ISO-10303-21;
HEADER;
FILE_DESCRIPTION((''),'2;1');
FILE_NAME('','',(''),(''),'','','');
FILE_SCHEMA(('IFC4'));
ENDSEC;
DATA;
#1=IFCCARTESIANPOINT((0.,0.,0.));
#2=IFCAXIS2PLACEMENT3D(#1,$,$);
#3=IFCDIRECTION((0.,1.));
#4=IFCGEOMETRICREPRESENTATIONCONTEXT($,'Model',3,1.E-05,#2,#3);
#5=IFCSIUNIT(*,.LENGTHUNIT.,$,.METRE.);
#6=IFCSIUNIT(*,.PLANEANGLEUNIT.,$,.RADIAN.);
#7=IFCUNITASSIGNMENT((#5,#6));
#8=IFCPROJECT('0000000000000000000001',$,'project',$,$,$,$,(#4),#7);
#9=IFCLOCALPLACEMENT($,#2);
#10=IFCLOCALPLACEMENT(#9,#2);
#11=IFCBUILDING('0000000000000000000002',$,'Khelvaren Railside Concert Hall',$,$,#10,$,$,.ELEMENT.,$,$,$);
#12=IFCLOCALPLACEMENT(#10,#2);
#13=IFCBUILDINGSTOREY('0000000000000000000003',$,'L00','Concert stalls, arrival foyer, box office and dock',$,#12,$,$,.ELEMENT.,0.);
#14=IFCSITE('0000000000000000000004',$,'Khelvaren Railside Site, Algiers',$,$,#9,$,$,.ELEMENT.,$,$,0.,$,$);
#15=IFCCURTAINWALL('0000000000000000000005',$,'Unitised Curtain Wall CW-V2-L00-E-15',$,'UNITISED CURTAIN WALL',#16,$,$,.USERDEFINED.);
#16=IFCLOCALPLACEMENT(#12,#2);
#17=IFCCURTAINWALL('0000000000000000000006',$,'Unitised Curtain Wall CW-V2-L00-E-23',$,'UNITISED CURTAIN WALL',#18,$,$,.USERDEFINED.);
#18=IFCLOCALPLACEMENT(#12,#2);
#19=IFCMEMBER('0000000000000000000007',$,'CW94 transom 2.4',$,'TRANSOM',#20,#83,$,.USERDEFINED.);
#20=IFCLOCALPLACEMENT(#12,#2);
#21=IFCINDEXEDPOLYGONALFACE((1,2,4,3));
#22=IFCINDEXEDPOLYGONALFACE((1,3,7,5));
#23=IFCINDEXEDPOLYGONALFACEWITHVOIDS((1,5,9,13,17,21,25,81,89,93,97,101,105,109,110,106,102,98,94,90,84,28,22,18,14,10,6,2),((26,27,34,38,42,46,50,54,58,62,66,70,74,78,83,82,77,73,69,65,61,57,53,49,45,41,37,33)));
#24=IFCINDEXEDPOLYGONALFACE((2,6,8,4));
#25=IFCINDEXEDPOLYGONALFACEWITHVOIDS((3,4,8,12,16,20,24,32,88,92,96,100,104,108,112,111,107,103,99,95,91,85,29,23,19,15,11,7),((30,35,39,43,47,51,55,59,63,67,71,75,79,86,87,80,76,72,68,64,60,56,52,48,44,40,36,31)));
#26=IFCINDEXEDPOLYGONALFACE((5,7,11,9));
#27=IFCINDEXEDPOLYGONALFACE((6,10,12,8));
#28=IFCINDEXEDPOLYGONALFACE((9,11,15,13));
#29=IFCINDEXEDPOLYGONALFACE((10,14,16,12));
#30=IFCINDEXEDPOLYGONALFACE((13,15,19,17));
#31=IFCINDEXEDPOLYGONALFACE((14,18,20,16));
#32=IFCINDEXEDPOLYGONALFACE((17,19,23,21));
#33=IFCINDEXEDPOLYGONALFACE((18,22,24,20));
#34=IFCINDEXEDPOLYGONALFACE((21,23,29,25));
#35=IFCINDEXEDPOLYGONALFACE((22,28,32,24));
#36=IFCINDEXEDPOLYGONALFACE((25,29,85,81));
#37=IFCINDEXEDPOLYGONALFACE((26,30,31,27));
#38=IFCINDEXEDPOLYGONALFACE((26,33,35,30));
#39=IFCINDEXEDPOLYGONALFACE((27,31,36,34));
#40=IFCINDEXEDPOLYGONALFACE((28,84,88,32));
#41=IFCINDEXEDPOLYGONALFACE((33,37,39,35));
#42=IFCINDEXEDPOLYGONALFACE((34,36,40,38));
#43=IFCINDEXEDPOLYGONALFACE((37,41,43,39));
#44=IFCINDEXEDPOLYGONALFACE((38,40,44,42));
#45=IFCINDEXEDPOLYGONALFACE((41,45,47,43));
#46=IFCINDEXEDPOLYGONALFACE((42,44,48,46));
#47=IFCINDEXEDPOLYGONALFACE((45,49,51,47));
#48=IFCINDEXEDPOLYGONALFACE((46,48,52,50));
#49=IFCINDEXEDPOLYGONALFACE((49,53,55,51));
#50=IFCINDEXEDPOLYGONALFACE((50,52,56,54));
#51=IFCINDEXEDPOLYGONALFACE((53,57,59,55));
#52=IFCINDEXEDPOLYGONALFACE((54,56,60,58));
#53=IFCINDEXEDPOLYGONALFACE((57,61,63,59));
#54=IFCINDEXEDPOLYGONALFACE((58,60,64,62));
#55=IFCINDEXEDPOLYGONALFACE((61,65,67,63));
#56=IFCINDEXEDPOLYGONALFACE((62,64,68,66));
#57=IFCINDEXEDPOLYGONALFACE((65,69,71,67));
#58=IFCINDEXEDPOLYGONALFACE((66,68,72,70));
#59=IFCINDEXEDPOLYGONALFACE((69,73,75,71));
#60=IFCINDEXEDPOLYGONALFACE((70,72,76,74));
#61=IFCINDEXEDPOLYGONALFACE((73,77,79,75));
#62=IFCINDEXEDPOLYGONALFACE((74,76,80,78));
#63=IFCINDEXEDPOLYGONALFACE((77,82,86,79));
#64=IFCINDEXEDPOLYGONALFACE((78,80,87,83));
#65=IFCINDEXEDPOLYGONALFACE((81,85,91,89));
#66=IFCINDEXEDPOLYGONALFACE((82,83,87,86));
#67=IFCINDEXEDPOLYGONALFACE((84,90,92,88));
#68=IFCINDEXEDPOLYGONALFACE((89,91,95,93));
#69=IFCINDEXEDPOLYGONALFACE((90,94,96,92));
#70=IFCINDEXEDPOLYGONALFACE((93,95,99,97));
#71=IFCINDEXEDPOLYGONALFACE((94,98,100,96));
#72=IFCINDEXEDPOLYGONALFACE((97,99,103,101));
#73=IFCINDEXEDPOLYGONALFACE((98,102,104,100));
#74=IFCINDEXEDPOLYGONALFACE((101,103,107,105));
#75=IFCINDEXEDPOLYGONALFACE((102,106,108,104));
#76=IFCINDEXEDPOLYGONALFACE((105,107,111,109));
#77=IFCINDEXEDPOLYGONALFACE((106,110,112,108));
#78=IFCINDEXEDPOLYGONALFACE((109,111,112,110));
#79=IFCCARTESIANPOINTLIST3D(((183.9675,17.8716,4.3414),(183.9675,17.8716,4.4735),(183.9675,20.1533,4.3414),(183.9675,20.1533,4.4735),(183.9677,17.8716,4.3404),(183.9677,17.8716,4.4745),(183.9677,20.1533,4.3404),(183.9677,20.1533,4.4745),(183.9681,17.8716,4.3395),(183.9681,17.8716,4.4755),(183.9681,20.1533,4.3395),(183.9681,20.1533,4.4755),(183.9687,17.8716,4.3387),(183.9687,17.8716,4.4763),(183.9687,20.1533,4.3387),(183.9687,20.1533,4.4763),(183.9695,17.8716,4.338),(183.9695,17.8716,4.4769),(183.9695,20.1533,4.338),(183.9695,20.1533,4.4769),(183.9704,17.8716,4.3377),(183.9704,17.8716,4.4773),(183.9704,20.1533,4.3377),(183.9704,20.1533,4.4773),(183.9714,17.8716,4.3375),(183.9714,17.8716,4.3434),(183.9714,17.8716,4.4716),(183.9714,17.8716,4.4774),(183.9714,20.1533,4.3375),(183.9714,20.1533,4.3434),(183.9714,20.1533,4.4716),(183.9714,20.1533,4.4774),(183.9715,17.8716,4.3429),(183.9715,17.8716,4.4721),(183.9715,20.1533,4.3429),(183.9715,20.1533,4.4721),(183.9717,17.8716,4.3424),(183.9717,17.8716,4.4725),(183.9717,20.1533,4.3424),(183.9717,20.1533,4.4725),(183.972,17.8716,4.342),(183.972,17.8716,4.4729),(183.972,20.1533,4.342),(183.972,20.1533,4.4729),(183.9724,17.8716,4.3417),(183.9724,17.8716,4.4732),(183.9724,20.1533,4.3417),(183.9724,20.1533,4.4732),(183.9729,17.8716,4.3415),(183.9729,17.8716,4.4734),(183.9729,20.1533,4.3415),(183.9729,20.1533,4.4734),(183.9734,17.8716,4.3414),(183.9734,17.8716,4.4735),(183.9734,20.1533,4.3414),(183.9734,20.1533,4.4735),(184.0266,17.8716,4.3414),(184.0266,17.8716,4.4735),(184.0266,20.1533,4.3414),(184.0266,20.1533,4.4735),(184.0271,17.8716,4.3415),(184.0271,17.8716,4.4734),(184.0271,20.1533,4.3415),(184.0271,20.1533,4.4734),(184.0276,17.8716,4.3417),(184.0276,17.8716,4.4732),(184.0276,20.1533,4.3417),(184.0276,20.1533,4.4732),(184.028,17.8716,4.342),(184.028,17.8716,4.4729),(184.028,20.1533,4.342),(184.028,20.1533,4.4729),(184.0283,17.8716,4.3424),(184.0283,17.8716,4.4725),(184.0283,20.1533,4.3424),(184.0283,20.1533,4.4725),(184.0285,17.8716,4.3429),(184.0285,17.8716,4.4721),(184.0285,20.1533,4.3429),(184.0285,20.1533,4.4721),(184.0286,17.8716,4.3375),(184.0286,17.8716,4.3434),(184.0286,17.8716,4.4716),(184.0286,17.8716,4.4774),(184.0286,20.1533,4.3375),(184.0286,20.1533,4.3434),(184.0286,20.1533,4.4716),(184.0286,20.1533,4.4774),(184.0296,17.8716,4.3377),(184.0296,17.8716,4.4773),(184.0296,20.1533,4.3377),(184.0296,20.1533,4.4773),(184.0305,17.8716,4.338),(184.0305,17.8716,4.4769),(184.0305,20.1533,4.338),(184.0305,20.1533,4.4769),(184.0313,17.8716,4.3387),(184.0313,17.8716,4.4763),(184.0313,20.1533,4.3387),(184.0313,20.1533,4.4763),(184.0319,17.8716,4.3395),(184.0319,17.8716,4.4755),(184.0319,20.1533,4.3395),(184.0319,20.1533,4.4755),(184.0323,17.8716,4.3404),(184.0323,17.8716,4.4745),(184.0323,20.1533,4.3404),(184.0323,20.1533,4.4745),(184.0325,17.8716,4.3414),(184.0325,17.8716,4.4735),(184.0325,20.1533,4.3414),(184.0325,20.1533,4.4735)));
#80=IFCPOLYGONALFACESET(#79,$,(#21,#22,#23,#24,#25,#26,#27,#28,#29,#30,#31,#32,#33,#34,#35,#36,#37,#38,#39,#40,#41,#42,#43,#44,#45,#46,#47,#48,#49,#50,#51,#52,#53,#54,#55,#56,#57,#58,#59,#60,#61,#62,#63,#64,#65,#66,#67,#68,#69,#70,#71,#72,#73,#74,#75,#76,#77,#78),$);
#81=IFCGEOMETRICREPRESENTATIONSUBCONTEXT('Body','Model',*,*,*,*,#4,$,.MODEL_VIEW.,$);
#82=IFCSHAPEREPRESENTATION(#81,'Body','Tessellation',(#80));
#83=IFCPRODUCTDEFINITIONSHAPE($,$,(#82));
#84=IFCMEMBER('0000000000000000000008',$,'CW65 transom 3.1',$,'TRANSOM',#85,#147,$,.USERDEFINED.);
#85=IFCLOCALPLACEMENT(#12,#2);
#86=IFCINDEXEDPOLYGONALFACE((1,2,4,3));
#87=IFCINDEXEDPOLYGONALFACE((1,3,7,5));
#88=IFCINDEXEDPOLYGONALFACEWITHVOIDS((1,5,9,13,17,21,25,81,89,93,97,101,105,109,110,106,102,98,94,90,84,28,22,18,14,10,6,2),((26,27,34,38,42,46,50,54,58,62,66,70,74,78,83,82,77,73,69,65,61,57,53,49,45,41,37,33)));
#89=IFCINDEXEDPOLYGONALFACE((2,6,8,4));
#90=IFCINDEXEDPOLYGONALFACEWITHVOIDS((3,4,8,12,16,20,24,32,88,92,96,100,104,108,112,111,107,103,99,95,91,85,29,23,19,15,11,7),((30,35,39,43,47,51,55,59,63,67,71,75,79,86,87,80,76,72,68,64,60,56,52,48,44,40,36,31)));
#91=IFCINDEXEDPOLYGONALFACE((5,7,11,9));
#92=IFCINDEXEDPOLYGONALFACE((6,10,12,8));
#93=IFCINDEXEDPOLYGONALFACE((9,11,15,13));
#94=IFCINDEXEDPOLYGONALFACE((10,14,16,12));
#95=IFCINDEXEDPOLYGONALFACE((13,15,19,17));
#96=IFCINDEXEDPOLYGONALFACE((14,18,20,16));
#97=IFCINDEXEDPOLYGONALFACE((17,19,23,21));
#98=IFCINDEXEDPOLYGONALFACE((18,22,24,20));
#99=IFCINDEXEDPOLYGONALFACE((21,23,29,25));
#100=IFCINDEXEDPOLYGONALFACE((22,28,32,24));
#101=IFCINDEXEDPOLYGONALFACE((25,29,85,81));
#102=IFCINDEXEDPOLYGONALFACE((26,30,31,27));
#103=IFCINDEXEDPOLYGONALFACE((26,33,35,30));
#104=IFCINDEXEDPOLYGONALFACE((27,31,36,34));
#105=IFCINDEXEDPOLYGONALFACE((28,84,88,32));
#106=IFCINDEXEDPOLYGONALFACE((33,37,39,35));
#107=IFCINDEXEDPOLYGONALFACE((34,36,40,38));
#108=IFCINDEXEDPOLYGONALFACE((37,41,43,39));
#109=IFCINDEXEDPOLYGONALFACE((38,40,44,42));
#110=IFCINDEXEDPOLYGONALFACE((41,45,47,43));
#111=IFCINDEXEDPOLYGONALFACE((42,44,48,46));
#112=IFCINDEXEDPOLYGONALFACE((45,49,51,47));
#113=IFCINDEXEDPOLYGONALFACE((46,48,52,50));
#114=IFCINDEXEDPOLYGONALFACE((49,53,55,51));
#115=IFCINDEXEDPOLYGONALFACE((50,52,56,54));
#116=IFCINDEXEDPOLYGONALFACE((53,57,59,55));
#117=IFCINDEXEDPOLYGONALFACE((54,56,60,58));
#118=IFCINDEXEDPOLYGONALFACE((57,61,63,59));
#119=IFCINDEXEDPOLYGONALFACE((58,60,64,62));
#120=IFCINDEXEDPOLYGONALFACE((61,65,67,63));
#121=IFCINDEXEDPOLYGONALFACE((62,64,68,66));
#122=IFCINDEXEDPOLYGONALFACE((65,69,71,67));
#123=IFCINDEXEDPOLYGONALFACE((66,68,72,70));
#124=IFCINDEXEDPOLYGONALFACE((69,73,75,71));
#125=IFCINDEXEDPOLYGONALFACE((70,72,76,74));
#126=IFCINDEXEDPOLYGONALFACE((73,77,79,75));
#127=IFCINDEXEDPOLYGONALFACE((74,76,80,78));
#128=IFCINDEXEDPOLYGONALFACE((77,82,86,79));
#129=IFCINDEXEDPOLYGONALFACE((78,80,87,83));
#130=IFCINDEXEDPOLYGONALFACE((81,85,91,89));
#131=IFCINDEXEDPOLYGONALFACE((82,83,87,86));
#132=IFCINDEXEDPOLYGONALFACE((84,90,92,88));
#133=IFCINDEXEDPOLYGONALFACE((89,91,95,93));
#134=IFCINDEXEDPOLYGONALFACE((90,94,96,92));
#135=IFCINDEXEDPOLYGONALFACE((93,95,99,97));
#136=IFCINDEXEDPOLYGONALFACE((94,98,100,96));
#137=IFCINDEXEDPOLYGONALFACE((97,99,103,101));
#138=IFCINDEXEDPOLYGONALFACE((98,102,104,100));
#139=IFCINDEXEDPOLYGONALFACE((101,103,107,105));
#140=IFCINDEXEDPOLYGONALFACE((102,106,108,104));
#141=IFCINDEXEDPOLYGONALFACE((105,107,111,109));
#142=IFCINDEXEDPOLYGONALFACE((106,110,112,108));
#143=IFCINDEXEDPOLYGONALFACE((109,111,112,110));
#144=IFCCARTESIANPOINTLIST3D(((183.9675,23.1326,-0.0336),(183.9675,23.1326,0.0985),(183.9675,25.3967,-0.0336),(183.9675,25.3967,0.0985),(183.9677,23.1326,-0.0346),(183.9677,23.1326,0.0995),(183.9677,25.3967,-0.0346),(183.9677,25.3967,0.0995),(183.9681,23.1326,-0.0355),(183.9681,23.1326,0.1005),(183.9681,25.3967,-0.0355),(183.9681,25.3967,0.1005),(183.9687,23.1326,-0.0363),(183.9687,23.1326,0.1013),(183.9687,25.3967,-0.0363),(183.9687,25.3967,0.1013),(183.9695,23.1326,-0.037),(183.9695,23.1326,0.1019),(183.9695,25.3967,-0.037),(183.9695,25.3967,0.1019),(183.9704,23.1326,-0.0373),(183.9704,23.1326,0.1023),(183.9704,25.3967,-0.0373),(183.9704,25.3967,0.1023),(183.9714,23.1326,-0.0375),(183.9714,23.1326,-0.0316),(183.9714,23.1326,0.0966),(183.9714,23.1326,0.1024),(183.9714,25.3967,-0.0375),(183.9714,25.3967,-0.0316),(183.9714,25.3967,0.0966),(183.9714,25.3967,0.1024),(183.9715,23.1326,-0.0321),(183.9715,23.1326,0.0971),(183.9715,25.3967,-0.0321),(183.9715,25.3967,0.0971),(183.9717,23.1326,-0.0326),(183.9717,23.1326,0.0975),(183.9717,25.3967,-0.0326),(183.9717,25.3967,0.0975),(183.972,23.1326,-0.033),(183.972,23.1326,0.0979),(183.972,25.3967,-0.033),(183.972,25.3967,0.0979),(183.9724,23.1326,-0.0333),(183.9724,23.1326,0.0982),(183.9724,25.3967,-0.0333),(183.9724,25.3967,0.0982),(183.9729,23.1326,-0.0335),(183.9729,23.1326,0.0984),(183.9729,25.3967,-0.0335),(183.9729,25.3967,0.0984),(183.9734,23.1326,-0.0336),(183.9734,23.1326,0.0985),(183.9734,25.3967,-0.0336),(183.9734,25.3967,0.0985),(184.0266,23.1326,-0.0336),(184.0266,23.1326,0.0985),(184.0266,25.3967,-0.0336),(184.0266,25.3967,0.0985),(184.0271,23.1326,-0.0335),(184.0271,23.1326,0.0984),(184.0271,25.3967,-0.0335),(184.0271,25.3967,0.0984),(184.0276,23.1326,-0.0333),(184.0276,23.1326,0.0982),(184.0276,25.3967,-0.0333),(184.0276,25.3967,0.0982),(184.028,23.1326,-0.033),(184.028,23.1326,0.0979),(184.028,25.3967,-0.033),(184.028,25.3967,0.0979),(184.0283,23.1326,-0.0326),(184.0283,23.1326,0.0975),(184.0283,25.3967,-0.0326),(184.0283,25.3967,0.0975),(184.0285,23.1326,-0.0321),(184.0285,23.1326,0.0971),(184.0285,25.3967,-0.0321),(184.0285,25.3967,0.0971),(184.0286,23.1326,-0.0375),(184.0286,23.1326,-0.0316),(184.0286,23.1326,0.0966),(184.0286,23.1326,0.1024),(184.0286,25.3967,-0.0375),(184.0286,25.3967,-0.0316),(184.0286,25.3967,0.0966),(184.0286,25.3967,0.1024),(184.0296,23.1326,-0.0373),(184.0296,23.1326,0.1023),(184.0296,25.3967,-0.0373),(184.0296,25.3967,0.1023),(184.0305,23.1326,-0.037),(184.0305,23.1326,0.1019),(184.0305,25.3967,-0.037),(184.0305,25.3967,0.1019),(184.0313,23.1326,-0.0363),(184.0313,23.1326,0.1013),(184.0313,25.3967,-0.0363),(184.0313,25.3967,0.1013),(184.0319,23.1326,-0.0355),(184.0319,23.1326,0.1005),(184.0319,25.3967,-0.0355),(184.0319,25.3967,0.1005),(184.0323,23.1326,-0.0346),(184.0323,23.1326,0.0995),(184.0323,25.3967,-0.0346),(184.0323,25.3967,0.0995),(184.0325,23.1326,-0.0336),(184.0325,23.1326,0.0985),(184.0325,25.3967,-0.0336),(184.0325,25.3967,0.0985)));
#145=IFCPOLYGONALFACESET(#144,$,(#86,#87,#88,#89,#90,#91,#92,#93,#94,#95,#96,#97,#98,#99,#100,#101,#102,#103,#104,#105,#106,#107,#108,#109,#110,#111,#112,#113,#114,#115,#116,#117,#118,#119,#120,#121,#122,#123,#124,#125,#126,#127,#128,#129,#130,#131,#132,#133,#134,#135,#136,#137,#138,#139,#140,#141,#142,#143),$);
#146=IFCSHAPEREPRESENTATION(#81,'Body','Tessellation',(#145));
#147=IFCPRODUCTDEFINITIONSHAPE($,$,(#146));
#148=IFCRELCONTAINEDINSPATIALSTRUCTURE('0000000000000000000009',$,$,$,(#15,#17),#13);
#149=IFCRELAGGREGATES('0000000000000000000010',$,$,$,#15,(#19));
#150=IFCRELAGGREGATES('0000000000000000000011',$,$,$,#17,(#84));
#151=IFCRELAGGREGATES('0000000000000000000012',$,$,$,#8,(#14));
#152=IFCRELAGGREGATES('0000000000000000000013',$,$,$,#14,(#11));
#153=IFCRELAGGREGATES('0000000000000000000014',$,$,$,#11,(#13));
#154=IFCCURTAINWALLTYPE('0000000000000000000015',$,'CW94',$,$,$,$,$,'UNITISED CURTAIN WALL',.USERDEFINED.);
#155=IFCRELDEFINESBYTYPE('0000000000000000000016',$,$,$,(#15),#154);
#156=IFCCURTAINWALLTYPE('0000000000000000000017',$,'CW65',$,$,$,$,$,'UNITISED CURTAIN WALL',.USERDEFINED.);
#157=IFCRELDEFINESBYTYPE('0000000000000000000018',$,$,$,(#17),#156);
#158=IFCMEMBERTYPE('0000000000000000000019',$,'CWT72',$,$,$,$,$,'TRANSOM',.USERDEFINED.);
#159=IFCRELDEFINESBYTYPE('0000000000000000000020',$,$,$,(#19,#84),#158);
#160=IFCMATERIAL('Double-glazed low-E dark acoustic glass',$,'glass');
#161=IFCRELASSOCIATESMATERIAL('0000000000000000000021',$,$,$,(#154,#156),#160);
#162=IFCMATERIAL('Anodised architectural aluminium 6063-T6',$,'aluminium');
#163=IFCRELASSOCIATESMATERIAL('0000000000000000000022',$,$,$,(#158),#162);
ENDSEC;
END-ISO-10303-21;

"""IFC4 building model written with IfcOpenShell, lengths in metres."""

from ifc_helpers import new_model, si_unit, direction, frame, origin, origin_2d, place, context, subcontext, project, spatial, hollow_rectangle, extrude, material, material_profile, profile_set, type_object, element, aggregate, save


model = new_model("IFC4")

# Units and contexts
model_context = context("Model", 3, precision=1e-05, world=origin(), true_north=direction((0.0, 1.0)))
body_context = subcontext(model_context, "Body", "Model", "MODEL_VIEW")
ifc_project = project(units=[si_unit("LENGTHUNIT", "METRE"), si_unit("PLANEANGLEUNIT", "RADIAN")], contexts=[model_context])

# Site, building, storey
site_placement = place(None, origin())
site = spatial("IfcSite", under=ifc_project, at=site_placement, Name="Khelvaren Railside Site, Algiers", CompositionType="ELEMENT", RefElevation=0.0)
building_placement = place(site_placement, origin())
building = spatial("IfcBuilding", under=site, at=building_placement, Name="Khelvaren Railside Concert Hall", CompositionType="ELEMENT")
storey_placement = place(building_placement, origin())
storey = spatial("IfcBuildingStorey", under=building, at=storey_placement, Name="L00", Description="Concert stalls, arrival foyer, box office and dock", CompositionType="ELEMENT", Elevation=0.0)

# Curtain walls
ifc_material_1 = material(Name="Double-glazed low-E dark acoustic glass", Category="glass")
curtain_wall_type_1 = type_object("IfcCurtainWallType", Name="CW94", ElementType="UNITISED CURTAIN WALL", PredefinedType="USERDEFINED", material=ifc_material_1)
curtain_wall_1_placement = place(storey_placement, origin())
curtain_wall_1 = element("IfcCurtainWall", 1, at=curtain_wall_1_placement, inside=storey, type_object=curtain_wall_type_1, Name="Unitised Curtain Wall CW-V2-L00-E-15", ObjectType="UNITISED CURTAIN WALL", PredefinedType="USERDEFINED")
ifc_material_2 = material(Name="Anodised architectural aluminium 6063-T6", Category="aluminium")
curtain_wall_type_2 = type_object("IfcCurtainWallType", Name="CW65", ElementType="UNITISED CURTAIN WALL", PredefinedType="USERDEFINED", material=ifc_material_1)
curtain_wall_2_placement = place(storey_placement, origin())
curtain_wall_2 = element("IfcCurtainWall", 2, at=curtain_wall_2_placement, inside=storey, type_object=curtain_wall_type_2, Name="Unitised Curtain Wall CW-V2-L00-E-23", ObjectType="UNITISED CURTAIN WALL", PredefinedType="USERDEFINED")

# Members
ifc_material_profile_1 = material_profile(ifc_material_2, hollow_rectangle(XDim=0.0649, YDim=0.1399, WallThickness=0.0039, InnerFilletRadius=0.002, OuterFilletRadius=0.0039, at=origin_2d()), Name="CWT 65x140x4")
ifc_profile_set_1 = profile_set([ifc_material_profile_1], Name="Anodised architectural aluminium 6063-T6")
member_type_1 = type_object("IfcMemberType", Name="CWT72", ElementType="TRANSOM", PredefinedType="USERDEFINED", material=ifc_profile_set_1)
member_1_placement = place(storey_placement, frame((184.0, 20.1533, 4.4075), z_axis=(0.0, -1.0, 0.0), x_axis=(1.0, 0.0, 0.0)))
member_1 = element("IfcMember", 3, at=member_1_placement, type_object=member_type_1, Name="CW94 transom 2.4", ObjectType="TRANSOM", PredefinedType="USERDEFINED", context=body_context, shape_type="SweptSolid", body=[
    extrude(hollow_rectangle(XDim=0.0649, YDim=0.1399, WallThickness=0.0039, InnerFilletRadius=0.002, OuterFilletRadius=0.0039, at=origin_2d()), origin(), (0.0, 0.0, 1.0), 2.2817),
])
member_2_placement = place(storey_placement, frame((184.0, 25.3967, 0.0325), z_axis=(0.0, -1.0, 0.0), x_axis=(1.0, 0.0, 0.0)))
member_2 = element("IfcMember", 4, at=member_2_placement, type_object=member_type_1, Name="CW65 transom 3.1", ObjectType="TRANSOM", PredefinedType="USERDEFINED", context=body_context, shape_type="SweptSolid", body=[
    extrude(hollow_rectangle(XDim=0.0649, YDim=0.1399, WallThickness=0.0039, InnerFilletRadius=0.002, OuterFilletRadius=0.0039, at=origin_2d()), origin(), (0.0, 0.0, 1.0), 2.2642),
])

aggregate(curtain_wall_1, [member_1])
aggregate(curtain_wall_2, [member_2])

save(model, "model.ifc")
